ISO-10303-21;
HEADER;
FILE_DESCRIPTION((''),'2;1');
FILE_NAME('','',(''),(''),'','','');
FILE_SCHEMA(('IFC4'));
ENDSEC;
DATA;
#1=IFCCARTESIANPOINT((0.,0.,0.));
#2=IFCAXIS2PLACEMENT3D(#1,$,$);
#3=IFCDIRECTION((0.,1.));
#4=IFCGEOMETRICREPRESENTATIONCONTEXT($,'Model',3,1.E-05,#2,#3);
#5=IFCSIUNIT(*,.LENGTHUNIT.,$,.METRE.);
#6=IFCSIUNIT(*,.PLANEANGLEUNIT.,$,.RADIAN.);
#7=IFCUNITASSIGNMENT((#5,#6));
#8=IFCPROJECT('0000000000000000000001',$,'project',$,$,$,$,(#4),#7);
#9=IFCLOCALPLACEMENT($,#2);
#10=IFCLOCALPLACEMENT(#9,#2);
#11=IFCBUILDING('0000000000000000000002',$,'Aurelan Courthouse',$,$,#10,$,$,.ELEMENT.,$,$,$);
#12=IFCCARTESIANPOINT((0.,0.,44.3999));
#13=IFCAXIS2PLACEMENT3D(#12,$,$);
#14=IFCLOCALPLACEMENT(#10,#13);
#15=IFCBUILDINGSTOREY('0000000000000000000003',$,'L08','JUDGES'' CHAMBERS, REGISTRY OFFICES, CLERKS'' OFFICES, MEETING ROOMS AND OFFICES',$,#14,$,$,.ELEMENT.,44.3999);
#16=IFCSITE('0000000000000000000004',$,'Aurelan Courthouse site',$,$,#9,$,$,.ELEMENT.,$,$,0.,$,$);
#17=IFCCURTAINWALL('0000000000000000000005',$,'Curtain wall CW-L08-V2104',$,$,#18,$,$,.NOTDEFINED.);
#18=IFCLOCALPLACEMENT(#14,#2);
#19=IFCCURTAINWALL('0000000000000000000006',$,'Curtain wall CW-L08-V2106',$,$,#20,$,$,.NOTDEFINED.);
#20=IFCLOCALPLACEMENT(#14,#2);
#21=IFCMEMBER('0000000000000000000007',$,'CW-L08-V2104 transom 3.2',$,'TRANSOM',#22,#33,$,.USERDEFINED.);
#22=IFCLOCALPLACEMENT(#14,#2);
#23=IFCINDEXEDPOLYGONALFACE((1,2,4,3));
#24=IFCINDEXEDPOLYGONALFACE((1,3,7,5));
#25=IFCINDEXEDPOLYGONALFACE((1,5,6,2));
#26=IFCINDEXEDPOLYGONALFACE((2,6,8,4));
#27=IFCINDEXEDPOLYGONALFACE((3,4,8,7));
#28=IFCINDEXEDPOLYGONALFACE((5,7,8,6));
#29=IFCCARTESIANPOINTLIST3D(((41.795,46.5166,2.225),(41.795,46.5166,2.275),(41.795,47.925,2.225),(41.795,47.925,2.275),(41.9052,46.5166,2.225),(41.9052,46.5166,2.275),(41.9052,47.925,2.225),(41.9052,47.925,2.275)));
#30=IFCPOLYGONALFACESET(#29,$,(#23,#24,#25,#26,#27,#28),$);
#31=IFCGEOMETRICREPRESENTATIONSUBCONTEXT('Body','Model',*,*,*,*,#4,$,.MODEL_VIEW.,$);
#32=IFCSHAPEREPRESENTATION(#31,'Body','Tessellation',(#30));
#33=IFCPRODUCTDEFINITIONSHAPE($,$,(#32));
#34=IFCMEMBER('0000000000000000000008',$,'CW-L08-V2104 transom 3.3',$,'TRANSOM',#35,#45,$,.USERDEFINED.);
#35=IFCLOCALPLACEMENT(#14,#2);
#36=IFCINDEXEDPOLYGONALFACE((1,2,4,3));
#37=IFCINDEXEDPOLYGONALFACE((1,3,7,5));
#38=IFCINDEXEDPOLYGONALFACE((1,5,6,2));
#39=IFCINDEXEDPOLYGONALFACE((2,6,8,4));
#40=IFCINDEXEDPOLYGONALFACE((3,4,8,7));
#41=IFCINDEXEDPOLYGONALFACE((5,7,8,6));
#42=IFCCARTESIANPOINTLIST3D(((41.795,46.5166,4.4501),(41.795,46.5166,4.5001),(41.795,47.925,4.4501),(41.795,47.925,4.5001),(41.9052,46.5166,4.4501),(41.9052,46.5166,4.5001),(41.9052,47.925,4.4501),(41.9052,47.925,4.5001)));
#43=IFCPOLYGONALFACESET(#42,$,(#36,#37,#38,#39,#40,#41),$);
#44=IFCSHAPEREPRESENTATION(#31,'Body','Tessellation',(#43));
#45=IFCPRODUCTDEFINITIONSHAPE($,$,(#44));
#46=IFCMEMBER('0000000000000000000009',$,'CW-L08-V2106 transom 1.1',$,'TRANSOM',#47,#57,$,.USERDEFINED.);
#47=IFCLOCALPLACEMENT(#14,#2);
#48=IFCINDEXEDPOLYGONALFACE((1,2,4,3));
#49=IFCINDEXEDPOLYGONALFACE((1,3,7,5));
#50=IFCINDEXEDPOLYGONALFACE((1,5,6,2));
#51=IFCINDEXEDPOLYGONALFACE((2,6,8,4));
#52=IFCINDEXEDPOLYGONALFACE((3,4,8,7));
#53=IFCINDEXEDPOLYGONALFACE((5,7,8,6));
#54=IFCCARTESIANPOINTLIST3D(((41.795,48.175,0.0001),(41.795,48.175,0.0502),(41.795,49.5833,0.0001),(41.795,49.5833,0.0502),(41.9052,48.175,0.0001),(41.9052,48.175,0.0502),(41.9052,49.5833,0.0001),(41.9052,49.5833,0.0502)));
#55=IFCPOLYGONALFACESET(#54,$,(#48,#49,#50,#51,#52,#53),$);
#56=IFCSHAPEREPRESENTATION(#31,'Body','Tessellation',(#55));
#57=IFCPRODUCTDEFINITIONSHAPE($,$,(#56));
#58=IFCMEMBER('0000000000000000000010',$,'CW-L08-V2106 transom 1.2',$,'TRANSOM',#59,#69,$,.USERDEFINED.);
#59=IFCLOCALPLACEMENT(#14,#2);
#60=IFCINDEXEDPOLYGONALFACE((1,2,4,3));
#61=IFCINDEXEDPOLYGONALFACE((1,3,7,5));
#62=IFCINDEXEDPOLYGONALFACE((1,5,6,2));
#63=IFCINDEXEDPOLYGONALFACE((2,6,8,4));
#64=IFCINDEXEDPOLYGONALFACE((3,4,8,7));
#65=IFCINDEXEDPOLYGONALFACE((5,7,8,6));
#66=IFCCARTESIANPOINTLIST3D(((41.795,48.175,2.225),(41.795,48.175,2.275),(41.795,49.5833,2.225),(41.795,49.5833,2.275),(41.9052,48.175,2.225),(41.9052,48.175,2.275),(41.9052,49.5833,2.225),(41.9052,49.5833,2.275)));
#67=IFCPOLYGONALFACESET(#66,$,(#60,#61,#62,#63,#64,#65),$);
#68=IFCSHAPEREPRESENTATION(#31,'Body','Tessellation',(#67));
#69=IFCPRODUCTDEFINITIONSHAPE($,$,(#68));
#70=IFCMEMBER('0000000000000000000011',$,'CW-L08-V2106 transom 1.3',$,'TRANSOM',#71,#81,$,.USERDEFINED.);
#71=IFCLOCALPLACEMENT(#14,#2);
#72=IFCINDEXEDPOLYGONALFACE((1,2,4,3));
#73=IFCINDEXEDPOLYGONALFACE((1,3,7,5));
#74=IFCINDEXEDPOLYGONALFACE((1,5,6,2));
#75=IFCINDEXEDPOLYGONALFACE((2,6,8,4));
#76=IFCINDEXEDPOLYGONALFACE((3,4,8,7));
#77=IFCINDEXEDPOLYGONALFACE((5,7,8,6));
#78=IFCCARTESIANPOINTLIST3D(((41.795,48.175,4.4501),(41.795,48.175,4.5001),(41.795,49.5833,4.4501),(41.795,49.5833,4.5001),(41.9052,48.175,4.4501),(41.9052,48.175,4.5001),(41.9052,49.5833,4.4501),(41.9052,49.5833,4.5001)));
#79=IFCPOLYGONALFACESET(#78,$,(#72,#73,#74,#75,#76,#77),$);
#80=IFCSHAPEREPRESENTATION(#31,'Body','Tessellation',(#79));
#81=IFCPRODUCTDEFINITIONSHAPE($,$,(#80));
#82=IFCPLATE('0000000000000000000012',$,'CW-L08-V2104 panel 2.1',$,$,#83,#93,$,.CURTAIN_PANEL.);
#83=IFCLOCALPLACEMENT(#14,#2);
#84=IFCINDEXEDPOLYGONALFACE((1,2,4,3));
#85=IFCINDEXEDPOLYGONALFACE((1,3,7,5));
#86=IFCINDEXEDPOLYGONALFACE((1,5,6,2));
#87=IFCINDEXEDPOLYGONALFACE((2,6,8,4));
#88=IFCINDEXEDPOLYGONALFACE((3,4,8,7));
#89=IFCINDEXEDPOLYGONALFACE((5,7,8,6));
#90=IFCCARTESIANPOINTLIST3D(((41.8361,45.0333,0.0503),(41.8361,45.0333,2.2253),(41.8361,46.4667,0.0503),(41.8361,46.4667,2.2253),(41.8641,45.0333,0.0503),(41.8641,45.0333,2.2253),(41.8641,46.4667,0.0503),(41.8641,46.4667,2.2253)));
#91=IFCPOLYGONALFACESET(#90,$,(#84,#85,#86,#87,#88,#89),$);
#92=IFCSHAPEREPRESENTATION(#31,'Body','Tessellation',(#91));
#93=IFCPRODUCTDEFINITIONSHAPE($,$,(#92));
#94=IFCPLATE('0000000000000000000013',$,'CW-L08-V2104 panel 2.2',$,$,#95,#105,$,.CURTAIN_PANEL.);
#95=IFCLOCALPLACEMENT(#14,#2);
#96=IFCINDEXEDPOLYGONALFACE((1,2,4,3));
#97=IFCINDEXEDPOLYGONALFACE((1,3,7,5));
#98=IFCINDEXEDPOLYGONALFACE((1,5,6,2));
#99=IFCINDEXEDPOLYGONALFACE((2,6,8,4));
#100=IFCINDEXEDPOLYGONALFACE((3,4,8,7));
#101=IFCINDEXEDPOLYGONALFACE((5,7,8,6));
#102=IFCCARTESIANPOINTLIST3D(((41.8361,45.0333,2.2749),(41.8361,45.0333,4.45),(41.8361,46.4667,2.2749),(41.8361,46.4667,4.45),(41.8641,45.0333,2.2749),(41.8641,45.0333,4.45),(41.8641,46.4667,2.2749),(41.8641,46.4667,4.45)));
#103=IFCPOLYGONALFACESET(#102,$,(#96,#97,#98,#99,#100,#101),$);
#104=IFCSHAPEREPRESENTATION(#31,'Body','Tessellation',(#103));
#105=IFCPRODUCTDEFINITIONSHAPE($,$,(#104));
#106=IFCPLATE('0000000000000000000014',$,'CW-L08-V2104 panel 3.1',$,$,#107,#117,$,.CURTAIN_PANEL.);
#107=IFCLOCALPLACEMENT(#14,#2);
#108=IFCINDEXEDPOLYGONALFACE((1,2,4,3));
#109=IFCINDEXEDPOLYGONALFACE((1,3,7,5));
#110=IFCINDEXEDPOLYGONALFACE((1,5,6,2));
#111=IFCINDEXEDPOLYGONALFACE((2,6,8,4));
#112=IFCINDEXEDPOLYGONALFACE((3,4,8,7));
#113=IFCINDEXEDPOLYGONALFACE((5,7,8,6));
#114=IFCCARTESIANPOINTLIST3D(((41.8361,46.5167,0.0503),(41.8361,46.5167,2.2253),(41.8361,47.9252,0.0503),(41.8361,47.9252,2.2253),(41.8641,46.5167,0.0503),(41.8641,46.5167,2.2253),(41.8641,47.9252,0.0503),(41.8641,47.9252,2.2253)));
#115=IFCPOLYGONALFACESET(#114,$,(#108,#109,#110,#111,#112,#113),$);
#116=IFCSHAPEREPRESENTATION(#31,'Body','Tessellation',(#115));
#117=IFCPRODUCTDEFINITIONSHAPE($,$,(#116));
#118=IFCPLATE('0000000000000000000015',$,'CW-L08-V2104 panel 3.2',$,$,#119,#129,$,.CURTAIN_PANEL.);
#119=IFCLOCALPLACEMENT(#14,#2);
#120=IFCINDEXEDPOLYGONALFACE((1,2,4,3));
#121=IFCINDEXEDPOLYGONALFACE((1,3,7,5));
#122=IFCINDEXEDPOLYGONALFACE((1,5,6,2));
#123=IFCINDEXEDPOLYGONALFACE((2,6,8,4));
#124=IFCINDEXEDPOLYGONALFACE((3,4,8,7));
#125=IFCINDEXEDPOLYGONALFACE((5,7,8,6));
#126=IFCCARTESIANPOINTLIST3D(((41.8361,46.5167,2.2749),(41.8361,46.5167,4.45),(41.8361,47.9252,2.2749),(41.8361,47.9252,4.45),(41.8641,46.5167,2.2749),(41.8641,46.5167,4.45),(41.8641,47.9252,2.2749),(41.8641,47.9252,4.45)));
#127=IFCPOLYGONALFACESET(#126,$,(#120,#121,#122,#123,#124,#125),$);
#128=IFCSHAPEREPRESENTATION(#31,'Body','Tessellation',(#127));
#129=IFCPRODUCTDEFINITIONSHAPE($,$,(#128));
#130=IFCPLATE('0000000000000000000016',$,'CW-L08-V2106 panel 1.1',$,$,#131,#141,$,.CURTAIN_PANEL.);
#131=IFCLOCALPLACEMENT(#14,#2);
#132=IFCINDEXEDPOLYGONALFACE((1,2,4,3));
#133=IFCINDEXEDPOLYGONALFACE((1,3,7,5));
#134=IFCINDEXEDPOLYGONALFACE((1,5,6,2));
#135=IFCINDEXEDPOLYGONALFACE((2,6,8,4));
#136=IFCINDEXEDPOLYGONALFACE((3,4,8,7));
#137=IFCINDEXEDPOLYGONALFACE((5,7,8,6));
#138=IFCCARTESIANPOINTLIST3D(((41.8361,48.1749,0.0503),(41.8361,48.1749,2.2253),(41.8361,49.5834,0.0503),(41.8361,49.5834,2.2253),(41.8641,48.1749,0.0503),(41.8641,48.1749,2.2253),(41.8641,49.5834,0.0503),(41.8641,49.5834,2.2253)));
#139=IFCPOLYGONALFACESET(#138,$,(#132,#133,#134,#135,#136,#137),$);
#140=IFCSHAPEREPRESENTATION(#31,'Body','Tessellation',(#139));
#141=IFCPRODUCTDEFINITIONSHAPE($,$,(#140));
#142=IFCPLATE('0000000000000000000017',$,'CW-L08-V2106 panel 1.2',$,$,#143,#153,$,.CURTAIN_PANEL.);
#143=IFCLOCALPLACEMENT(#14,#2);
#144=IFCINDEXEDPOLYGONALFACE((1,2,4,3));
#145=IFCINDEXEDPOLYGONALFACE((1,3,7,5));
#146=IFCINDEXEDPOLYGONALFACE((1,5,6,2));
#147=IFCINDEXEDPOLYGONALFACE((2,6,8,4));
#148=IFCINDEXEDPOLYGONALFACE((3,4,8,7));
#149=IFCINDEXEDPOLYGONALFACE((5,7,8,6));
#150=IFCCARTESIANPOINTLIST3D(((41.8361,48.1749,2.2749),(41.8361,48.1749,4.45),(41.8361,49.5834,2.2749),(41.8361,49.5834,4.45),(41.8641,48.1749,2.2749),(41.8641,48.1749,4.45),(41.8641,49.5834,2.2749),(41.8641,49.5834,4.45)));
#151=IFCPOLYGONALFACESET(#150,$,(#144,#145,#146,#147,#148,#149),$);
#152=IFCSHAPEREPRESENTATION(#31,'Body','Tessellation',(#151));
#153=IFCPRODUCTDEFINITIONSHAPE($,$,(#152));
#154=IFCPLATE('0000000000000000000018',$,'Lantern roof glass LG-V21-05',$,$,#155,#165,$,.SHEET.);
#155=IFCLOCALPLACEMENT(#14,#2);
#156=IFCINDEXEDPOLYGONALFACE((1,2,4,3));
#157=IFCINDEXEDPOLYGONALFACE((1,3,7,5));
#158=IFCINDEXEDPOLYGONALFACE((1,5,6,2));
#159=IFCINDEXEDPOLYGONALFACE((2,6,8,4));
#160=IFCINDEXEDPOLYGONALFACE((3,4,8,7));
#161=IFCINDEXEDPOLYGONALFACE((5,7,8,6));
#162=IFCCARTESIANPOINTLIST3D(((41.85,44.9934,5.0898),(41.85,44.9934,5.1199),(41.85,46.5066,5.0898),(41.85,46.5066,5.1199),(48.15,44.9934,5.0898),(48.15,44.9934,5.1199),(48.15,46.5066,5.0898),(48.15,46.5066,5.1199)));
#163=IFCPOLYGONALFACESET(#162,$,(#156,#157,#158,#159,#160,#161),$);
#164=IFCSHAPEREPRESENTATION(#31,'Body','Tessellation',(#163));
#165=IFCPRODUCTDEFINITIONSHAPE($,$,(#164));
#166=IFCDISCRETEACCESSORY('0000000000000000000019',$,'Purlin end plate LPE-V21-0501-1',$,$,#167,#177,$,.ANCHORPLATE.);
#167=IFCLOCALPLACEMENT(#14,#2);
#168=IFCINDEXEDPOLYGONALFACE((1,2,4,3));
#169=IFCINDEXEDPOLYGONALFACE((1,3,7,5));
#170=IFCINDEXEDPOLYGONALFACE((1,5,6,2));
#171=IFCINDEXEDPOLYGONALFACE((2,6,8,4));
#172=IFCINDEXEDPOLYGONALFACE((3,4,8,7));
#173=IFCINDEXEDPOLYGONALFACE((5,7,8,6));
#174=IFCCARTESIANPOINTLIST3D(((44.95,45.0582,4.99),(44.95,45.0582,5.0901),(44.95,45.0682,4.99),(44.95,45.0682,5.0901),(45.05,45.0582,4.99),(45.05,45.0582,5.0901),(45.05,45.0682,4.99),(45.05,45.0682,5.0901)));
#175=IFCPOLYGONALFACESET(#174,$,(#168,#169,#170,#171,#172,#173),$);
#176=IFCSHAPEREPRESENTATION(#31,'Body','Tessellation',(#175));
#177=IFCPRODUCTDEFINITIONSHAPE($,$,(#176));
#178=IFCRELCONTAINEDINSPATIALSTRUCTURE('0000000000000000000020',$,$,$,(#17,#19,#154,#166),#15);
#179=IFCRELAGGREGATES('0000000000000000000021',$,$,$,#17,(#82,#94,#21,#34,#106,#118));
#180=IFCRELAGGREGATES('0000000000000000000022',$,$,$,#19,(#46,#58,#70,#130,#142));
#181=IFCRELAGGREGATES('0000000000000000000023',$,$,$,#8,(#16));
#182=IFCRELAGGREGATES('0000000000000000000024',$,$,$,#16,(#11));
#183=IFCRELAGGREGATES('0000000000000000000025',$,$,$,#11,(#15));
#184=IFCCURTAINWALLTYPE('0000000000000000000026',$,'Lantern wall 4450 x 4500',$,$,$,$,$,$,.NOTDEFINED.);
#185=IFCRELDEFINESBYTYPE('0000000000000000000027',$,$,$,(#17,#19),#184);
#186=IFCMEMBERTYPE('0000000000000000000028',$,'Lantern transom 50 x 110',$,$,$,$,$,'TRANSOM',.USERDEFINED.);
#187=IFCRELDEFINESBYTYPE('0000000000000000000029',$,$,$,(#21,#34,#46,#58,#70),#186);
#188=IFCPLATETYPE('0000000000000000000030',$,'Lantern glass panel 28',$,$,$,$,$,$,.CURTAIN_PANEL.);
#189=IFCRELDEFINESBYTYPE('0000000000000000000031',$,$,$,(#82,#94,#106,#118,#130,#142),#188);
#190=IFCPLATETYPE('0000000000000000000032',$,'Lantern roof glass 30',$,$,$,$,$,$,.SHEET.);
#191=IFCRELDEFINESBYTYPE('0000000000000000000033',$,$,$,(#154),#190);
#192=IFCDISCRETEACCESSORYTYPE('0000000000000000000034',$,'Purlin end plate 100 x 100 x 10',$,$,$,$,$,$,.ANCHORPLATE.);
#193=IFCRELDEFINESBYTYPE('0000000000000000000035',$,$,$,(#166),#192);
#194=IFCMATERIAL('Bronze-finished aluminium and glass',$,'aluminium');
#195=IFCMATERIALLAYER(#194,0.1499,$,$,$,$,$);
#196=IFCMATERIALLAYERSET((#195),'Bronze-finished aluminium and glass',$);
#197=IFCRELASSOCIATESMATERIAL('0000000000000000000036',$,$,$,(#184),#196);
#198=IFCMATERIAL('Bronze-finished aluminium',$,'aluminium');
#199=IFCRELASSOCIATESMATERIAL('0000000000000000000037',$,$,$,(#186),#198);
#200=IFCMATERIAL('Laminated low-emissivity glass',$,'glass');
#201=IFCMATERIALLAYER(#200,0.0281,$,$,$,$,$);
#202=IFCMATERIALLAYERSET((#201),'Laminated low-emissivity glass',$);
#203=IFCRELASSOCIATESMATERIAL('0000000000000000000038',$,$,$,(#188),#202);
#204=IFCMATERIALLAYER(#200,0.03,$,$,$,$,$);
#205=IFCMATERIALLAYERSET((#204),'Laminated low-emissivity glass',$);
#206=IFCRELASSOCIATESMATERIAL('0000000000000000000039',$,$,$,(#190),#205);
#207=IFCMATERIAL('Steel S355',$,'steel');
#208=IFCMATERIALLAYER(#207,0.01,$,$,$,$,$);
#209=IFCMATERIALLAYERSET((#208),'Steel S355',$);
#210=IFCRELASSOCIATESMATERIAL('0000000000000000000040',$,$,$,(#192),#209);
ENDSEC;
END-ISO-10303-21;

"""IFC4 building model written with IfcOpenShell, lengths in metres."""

from ifc_helpers import new_model, si_unit, direction, frame, origin, origin_2d, place, context, subcontext, project, spatial, rectangle, extrude, material, layer, layer_set, material_profile, profile_set, type_object, element, aggregate, save


model = new_model("IFC4")

# Units and contexts
model_context = context("Model", 3, precision=1e-05, world=origin(), true_north=direction((0.0, 1.0)))
body_context = subcontext(model_context, "Body", "Model", "MODEL_VIEW")
ifc_project = project(units=[si_unit("LENGTHUNIT", "METRE"), si_unit("PLANEANGLEUNIT", "RADIAN")], contexts=[model_context])

# Site, building, storey
site_placement = place(None, origin())
site = spatial("IfcSite", under=ifc_project, at=site_placement, Name="Aurelan Courthouse site", CompositionType="ELEMENT", RefElevation=0.0)
building_placement = place(site_placement, origin())
building = spatial("IfcBuilding", under=site, at=building_placement, Name="Aurelan Courthouse", CompositionType="ELEMENT")
storey_placement = place(building_placement, frame((0.0, 0.0, 44.3999)))
storey = spatial("IfcBuildingStorey", under=building, at=storey_placement, Name="L08", Description="JUDGES' CHAMBERS, REGISTRY OFFICES, CLERKS' OFFICES, MEETING ROOMS AND OFFICES", CompositionType="ELEMENT", Elevation=44.3999)

# Shared definitions
ifc_material_1 = material(Name="Steel S355", Category="steel")

# Curtain wall
ifc_material_2 = material(Name="Bronze-finished aluminium and glass", Category="aluminium")
ifc_layer_1 = layer(ifc_material_2, 0.1499)
ifc_layer_set_1 = layer_set([ifc_layer_1], Name="Bronze-finished aluminium and glass")
curtain_wall_type = type_object("IfcCurtainWallType", Name="Lantern wall 4450 x 4500", PredefinedType="NOTDEFINED", material=ifc_layer_set_1)
curtain_wall_1_placement = place(storey_placement, origin())
curtain_wall_1 = element("IfcCurtainWall", 1, at=curtain_wall_1_placement, inside=storey, type_object=curtain_wall_type, Name="Curtain wall CW-L08-V2104", PredefinedType="NOTDEFINED")
ifc_material_3 = material(Name="Bronze-finished aluminium", Category="aluminium")

# Curtain wall
curtain_wall_2_placement = place(storey_placement, origin())
curtain_wall_2 = element("IfcCurtainWall", 2, at=curtain_wall_2_placement, inside=storey, type_object=curtain_wall_type, Name="Curtain wall CW-L08-V2106", PredefinedType="NOTDEFINED")

# Members
ifc_material_profile_1 = material_profile(ifc_material_3, rectangle(XDim=0.1101, YDim=0.05, at=origin_2d()), Name="Lantern transom 50 x 110")
ifc_profile_set_1 = profile_set([ifc_material_profile_1], Name="Bronze-finished aluminium")
member_type_1 = type_object("IfcMemberType", Name="Lantern transom 50 x 110", ElementType="TRANSOM", PredefinedType="USERDEFINED", material=ifc_profile_set_1)
member_1_placement = place(storey_placement, frame((41.8501, 46.5166, 2.25), z_axis=(0.0, 1.0, 0.0), x_axis=(-1.0, 0.0, 0.0)))
member_1 = element("IfcMember", 3, at=member_1_placement, type_object=member_type_1, Name="CW-L08-V2104 transom 3.2", ObjectType="TRANSOM", PredefinedType="USERDEFINED", context=body_context, shape_type="SweptSolid", body=[
    extrude(rectangle(XDim=0.1101, YDim=0.05, at=origin_2d()), origin(), (0.0, 0.0, 1.0), 1.4084),
])
member_2_placement = place(storey_placement, frame((41.8501, 46.5166, 4.4751), z_axis=(0.0, 1.0, 0.0), x_axis=(-1.0, 0.0, 0.0)))
member_2 = element("IfcMember", 4, at=member_2_placement, type_object=member_type_1, Name="CW-L08-V2104 transom 3.3", ObjectType="TRANSOM", PredefinedType="USERDEFINED", context=body_context, shape_type="SweptSolid", body=[
    extrude(rectangle(XDim=0.1101, YDim=0.05, at=origin_2d()), origin(), (0.0, 0.0, 1.0), 1.4084),
])
member_3_placement = place(storey_placement, frame((41.8501, 48.175, 0.0251), z_axis=(0.0, 1.0, 0.0), x_axis=(-1.0, 0.0, 0.0)))
member_3 = element("IfcMember", 5, at=member_3_placement, type_object=member_type_1, Name="CW-L08-V2106 transom 1.1", ObjectType="TRANSOM", PredefinedType="USERDEFINED", context=body_context, shape_type="SweptSolid", body=[
    extrude(rectangle(XDim=0.1101, YDim=0.05, at=origin_2d()), origin(), (0.0, 0.0, 1.0), 1.4082),
])
member_4_placement = place(storey_placement, frame((41.8501, 48.175, 2.25), z_axis=(0.0, 1.0, 0.0), x_axis=(-1.0, 0.0, 0.0)))
member_4 = element("IfcMember", 6, at=member_4_placement, type_object=member_type_1, Name="CW-L08-V2106 transom 1.2", ObjectType="TRANSOM", PredefinedType="USERDEFINED", context=body_context, shape_type="SweptSolid", body=[
    extrude(rectangle(XDim=0.1101, YDim=0.05, at=origin_2d()), origin(), (0.0, 0.0, 1.0), 1.4082),
])
member_5_placement = place(storey_placement, frame((41.8501, 48.175, 4.4751), z_axis=(0.0, 1.0, 0.0), x_axis=(-1.0, 0.0, 0.0)))
member_5 = element("IfcMember", 7, at=member_5_placement, type_object=member_type_1, Name="CW-L08-V2106 transom 1.3", ObjectType="TRANSOM", PredefinedType="USERDEFINED", context=body_context, shape_type="SweptSolid", body=[
    extrude(rectangle(XDim=0.1101, YDim=0.05, at=origin_2d()), origin(), (0.0, 0.0, 1.0), 1.4082),
])

# Plates
ifc_material_4 = material(Name="Laminated low-emissivity glass", Category="glass")
ifc_layer_2 = layer(ifc_material_4, 0.0281)
ifc_layer_set_2 = layer_set([ifc_layer_2], Name="Laminated low-emissivity glass")
plate_type_1 = type_object("IfcPlateType", Name="Lantern glass panel 28", PredefinedType="CURTAIN_PANEL", material=ifc_layer_set_2)
plate_1_placement = place(storey_placement, frame((41.8501, 45.75, 0.0503), z_axis=(0.0, 0.0, 1.0), x_axis=(0.0, 1.0, 0.0)))
plate_1 = element("IfcPlate", 8, at=plate_1_placement, type_object=plate_type_1, Name="CW-L08-V2104 panel 2.1", PredefinedType="CURTAIN_PANEL", context=body_context, shape_type="SweptSolid", body=[
    extrude(rectangle(XDim=1.4333, YDim=0.0281, at=origin_2d()), origin(), (0.0, 0.0, 1.0), 2.175),
])
plate_2_placement = place(storey_placement, frame((41.8501, 45.75, 2.2749), z_axis=(0.0, 0.0, 1.0), x_axis=(0.0, 1.0, 0.0)))
plate_2 = element("IfcPlate", 9, at=plate_2_placement, type_object=plate_type_1, Name="CW-L08-V2104 panel 2.2", PredefinedType="CURTAIN_PANEL", context=body_context, shape_type="SweptSolid", body=[
    extrude(rectangle(XDim=1.4333, YDim=0.0281, at=origin_2d()), origin(), (0.0, 0.0, 1.0), 2.175),
])
plate_3_placement = place(storey_placement, frame((41.8501, 47.2209, 0.0503), z_axis=(0.0, 0.0, 1.0), x_axis=(0.0, 1.0, 0.0)))
plate_3 = element("IfcPlate", 10, at=plate_3_placement, type_object=plate_type_1, Name="CW-L08-V2104 panel 3.1", PredefinedType="CURTAIN_PANEL", context=body_context, shape_type="SweptSolid", body=[
    extrude(rectangle(XDim=1.4084, YDim=0.0281, at=origin_2d()), origin(), (0.0, 0.0, 1.0), 2.175),
])
plate_4_placement = place(storey_placement, frame((41.8501, 47.2209, 2.2749), z_axis=(0.0, 0.0, 1.0), x_axis=(0.0, 1.0, 0.0)))
plate_4 = element("IfcPlate", 11, at=plate_4_placement, type_object=plate_type_1, Name="CW-L08-V2104 panel 3.2", PredefinedType="CURTAIN_PANEL", context=body_context, shape_type="SweptSolid", body=[
    extrude(rectangle(XDim=1.4084, YDim=0.0281, at=origin_2d()), origin(), (0.0, 0.0, 1.0), 2.175),
])
aggregate(curtain_wall_1, [plate_1, plate_2, member_1, member_2, plate_3, plate_4])
plate_5_placement = place(storey_placement, frame((41.8501, 48.8792, 0.0503), z_axis=(0.0, 0.0, 1.0), x_axis=(0.0, 1.0, 0.0)))
plate_5 = element("IfcPlate", 12, at=plate_5_placement, type_object=plate_type_1, Name="CW-L08-V2106 panel 1.1", PredefinedType="CURTAIN_PANEL", context=body_context, shape_type="SweptSolid", body=[
    extrude(rectangle(XDim=1.4084, YDim=0.0281, at=origin_2d()), origin(), (0.0, 0.0, 1.0), 2.175),
])
plate_6_placement = place(storey_placement, frame((41.8501, 48.8792, 2.2749), z_axis=(0.0, 0.0, 1.0), x_axis=(0.0, 1.0, 0.0)))
plate_6 = element("IfcPlate", 13, at=plate_6_placement, type_object=plate_type_1, Name="CW-L08-V2106 panel 1.2", PredefinedType="CURTAIN_PANEL", context=body_context, shape_type="SweptSolid", body=[
    extrude(rectangle(XDim=1.4084, YDim=0.0281, at=origin_2d()), origin(), (0.0, 0.0, 1.0), 2.175),
])
aggregate(curtain_wall_2, [member_3, member_4, member_5, plate_5, plate_6])
ifc_layer_3 = layer(ifc_material_4, 0.03)
ifc_layer_set_3 = layer_set([ifc_layer_3], Name="Laminated low-emissivity glass")
plate_type_2 = type_object("IfcPlateType", Name="Lantern roof glass 30", PredefinedType="SHEET", material=ifc_layer_set_3)
plate_7_placement = place(storey_placement, frame((45.0, 45.75, 5.0898), z_axis=(0.0, 0.0, 1.0), x_axis=(1.0, 0.0, 0.0)))
element("IfcPlate", 14, at=plate_7_placement, inside=storey, type_object=plate_type_2, Name="Lantern roof glass LG-V21-05", PredefinedType="SHEET", context=body_context, shape_type="SweptSolid", body=[
    extrude(rectangle(XDim=6.3, YDim=1.5132, at=origin_2d()), origin(), (0.0, 0.0, 1.0), 0.03),
])

# Discrete accessory
ifc_layer_4 = layer(ifc_material_1, 0.01)
ifc_layer_set_4 = layer_set([ifc_layer_4], Name="Steel S355")
discrete_accessory_type = type_object("IfcDiscreteAccessoryType", Name="Purlin end plate 100 x 100 x 10", PredefinedType="ANCHORPLATE", material=ifc_layer_set_4)
discrete_accessory_placement = place(storey_placement, frame((45.0, 45.0632, 4.99), z_axis=(0.0, 0.0, 1.0), x_axis=(1.0, 0.0, 0.0)))
element("IfcDiscreteAccessory", 15, at=discrete_accessory_placement, inside=storey, type_object=discrete_accessory_type, Name="Purlin end plate LPE-V21-0501-1", PredefinedType="ANCHORPLATE", context=body_context, shape_type="SweptSolid", body=[
    extrude(rectangle(XDim=0.1001, YDim=0.01, at=origin_2d()), origin(), (0.0, 0.0, 1.0), 0.1001),
])

save(model, "model.ifc")
